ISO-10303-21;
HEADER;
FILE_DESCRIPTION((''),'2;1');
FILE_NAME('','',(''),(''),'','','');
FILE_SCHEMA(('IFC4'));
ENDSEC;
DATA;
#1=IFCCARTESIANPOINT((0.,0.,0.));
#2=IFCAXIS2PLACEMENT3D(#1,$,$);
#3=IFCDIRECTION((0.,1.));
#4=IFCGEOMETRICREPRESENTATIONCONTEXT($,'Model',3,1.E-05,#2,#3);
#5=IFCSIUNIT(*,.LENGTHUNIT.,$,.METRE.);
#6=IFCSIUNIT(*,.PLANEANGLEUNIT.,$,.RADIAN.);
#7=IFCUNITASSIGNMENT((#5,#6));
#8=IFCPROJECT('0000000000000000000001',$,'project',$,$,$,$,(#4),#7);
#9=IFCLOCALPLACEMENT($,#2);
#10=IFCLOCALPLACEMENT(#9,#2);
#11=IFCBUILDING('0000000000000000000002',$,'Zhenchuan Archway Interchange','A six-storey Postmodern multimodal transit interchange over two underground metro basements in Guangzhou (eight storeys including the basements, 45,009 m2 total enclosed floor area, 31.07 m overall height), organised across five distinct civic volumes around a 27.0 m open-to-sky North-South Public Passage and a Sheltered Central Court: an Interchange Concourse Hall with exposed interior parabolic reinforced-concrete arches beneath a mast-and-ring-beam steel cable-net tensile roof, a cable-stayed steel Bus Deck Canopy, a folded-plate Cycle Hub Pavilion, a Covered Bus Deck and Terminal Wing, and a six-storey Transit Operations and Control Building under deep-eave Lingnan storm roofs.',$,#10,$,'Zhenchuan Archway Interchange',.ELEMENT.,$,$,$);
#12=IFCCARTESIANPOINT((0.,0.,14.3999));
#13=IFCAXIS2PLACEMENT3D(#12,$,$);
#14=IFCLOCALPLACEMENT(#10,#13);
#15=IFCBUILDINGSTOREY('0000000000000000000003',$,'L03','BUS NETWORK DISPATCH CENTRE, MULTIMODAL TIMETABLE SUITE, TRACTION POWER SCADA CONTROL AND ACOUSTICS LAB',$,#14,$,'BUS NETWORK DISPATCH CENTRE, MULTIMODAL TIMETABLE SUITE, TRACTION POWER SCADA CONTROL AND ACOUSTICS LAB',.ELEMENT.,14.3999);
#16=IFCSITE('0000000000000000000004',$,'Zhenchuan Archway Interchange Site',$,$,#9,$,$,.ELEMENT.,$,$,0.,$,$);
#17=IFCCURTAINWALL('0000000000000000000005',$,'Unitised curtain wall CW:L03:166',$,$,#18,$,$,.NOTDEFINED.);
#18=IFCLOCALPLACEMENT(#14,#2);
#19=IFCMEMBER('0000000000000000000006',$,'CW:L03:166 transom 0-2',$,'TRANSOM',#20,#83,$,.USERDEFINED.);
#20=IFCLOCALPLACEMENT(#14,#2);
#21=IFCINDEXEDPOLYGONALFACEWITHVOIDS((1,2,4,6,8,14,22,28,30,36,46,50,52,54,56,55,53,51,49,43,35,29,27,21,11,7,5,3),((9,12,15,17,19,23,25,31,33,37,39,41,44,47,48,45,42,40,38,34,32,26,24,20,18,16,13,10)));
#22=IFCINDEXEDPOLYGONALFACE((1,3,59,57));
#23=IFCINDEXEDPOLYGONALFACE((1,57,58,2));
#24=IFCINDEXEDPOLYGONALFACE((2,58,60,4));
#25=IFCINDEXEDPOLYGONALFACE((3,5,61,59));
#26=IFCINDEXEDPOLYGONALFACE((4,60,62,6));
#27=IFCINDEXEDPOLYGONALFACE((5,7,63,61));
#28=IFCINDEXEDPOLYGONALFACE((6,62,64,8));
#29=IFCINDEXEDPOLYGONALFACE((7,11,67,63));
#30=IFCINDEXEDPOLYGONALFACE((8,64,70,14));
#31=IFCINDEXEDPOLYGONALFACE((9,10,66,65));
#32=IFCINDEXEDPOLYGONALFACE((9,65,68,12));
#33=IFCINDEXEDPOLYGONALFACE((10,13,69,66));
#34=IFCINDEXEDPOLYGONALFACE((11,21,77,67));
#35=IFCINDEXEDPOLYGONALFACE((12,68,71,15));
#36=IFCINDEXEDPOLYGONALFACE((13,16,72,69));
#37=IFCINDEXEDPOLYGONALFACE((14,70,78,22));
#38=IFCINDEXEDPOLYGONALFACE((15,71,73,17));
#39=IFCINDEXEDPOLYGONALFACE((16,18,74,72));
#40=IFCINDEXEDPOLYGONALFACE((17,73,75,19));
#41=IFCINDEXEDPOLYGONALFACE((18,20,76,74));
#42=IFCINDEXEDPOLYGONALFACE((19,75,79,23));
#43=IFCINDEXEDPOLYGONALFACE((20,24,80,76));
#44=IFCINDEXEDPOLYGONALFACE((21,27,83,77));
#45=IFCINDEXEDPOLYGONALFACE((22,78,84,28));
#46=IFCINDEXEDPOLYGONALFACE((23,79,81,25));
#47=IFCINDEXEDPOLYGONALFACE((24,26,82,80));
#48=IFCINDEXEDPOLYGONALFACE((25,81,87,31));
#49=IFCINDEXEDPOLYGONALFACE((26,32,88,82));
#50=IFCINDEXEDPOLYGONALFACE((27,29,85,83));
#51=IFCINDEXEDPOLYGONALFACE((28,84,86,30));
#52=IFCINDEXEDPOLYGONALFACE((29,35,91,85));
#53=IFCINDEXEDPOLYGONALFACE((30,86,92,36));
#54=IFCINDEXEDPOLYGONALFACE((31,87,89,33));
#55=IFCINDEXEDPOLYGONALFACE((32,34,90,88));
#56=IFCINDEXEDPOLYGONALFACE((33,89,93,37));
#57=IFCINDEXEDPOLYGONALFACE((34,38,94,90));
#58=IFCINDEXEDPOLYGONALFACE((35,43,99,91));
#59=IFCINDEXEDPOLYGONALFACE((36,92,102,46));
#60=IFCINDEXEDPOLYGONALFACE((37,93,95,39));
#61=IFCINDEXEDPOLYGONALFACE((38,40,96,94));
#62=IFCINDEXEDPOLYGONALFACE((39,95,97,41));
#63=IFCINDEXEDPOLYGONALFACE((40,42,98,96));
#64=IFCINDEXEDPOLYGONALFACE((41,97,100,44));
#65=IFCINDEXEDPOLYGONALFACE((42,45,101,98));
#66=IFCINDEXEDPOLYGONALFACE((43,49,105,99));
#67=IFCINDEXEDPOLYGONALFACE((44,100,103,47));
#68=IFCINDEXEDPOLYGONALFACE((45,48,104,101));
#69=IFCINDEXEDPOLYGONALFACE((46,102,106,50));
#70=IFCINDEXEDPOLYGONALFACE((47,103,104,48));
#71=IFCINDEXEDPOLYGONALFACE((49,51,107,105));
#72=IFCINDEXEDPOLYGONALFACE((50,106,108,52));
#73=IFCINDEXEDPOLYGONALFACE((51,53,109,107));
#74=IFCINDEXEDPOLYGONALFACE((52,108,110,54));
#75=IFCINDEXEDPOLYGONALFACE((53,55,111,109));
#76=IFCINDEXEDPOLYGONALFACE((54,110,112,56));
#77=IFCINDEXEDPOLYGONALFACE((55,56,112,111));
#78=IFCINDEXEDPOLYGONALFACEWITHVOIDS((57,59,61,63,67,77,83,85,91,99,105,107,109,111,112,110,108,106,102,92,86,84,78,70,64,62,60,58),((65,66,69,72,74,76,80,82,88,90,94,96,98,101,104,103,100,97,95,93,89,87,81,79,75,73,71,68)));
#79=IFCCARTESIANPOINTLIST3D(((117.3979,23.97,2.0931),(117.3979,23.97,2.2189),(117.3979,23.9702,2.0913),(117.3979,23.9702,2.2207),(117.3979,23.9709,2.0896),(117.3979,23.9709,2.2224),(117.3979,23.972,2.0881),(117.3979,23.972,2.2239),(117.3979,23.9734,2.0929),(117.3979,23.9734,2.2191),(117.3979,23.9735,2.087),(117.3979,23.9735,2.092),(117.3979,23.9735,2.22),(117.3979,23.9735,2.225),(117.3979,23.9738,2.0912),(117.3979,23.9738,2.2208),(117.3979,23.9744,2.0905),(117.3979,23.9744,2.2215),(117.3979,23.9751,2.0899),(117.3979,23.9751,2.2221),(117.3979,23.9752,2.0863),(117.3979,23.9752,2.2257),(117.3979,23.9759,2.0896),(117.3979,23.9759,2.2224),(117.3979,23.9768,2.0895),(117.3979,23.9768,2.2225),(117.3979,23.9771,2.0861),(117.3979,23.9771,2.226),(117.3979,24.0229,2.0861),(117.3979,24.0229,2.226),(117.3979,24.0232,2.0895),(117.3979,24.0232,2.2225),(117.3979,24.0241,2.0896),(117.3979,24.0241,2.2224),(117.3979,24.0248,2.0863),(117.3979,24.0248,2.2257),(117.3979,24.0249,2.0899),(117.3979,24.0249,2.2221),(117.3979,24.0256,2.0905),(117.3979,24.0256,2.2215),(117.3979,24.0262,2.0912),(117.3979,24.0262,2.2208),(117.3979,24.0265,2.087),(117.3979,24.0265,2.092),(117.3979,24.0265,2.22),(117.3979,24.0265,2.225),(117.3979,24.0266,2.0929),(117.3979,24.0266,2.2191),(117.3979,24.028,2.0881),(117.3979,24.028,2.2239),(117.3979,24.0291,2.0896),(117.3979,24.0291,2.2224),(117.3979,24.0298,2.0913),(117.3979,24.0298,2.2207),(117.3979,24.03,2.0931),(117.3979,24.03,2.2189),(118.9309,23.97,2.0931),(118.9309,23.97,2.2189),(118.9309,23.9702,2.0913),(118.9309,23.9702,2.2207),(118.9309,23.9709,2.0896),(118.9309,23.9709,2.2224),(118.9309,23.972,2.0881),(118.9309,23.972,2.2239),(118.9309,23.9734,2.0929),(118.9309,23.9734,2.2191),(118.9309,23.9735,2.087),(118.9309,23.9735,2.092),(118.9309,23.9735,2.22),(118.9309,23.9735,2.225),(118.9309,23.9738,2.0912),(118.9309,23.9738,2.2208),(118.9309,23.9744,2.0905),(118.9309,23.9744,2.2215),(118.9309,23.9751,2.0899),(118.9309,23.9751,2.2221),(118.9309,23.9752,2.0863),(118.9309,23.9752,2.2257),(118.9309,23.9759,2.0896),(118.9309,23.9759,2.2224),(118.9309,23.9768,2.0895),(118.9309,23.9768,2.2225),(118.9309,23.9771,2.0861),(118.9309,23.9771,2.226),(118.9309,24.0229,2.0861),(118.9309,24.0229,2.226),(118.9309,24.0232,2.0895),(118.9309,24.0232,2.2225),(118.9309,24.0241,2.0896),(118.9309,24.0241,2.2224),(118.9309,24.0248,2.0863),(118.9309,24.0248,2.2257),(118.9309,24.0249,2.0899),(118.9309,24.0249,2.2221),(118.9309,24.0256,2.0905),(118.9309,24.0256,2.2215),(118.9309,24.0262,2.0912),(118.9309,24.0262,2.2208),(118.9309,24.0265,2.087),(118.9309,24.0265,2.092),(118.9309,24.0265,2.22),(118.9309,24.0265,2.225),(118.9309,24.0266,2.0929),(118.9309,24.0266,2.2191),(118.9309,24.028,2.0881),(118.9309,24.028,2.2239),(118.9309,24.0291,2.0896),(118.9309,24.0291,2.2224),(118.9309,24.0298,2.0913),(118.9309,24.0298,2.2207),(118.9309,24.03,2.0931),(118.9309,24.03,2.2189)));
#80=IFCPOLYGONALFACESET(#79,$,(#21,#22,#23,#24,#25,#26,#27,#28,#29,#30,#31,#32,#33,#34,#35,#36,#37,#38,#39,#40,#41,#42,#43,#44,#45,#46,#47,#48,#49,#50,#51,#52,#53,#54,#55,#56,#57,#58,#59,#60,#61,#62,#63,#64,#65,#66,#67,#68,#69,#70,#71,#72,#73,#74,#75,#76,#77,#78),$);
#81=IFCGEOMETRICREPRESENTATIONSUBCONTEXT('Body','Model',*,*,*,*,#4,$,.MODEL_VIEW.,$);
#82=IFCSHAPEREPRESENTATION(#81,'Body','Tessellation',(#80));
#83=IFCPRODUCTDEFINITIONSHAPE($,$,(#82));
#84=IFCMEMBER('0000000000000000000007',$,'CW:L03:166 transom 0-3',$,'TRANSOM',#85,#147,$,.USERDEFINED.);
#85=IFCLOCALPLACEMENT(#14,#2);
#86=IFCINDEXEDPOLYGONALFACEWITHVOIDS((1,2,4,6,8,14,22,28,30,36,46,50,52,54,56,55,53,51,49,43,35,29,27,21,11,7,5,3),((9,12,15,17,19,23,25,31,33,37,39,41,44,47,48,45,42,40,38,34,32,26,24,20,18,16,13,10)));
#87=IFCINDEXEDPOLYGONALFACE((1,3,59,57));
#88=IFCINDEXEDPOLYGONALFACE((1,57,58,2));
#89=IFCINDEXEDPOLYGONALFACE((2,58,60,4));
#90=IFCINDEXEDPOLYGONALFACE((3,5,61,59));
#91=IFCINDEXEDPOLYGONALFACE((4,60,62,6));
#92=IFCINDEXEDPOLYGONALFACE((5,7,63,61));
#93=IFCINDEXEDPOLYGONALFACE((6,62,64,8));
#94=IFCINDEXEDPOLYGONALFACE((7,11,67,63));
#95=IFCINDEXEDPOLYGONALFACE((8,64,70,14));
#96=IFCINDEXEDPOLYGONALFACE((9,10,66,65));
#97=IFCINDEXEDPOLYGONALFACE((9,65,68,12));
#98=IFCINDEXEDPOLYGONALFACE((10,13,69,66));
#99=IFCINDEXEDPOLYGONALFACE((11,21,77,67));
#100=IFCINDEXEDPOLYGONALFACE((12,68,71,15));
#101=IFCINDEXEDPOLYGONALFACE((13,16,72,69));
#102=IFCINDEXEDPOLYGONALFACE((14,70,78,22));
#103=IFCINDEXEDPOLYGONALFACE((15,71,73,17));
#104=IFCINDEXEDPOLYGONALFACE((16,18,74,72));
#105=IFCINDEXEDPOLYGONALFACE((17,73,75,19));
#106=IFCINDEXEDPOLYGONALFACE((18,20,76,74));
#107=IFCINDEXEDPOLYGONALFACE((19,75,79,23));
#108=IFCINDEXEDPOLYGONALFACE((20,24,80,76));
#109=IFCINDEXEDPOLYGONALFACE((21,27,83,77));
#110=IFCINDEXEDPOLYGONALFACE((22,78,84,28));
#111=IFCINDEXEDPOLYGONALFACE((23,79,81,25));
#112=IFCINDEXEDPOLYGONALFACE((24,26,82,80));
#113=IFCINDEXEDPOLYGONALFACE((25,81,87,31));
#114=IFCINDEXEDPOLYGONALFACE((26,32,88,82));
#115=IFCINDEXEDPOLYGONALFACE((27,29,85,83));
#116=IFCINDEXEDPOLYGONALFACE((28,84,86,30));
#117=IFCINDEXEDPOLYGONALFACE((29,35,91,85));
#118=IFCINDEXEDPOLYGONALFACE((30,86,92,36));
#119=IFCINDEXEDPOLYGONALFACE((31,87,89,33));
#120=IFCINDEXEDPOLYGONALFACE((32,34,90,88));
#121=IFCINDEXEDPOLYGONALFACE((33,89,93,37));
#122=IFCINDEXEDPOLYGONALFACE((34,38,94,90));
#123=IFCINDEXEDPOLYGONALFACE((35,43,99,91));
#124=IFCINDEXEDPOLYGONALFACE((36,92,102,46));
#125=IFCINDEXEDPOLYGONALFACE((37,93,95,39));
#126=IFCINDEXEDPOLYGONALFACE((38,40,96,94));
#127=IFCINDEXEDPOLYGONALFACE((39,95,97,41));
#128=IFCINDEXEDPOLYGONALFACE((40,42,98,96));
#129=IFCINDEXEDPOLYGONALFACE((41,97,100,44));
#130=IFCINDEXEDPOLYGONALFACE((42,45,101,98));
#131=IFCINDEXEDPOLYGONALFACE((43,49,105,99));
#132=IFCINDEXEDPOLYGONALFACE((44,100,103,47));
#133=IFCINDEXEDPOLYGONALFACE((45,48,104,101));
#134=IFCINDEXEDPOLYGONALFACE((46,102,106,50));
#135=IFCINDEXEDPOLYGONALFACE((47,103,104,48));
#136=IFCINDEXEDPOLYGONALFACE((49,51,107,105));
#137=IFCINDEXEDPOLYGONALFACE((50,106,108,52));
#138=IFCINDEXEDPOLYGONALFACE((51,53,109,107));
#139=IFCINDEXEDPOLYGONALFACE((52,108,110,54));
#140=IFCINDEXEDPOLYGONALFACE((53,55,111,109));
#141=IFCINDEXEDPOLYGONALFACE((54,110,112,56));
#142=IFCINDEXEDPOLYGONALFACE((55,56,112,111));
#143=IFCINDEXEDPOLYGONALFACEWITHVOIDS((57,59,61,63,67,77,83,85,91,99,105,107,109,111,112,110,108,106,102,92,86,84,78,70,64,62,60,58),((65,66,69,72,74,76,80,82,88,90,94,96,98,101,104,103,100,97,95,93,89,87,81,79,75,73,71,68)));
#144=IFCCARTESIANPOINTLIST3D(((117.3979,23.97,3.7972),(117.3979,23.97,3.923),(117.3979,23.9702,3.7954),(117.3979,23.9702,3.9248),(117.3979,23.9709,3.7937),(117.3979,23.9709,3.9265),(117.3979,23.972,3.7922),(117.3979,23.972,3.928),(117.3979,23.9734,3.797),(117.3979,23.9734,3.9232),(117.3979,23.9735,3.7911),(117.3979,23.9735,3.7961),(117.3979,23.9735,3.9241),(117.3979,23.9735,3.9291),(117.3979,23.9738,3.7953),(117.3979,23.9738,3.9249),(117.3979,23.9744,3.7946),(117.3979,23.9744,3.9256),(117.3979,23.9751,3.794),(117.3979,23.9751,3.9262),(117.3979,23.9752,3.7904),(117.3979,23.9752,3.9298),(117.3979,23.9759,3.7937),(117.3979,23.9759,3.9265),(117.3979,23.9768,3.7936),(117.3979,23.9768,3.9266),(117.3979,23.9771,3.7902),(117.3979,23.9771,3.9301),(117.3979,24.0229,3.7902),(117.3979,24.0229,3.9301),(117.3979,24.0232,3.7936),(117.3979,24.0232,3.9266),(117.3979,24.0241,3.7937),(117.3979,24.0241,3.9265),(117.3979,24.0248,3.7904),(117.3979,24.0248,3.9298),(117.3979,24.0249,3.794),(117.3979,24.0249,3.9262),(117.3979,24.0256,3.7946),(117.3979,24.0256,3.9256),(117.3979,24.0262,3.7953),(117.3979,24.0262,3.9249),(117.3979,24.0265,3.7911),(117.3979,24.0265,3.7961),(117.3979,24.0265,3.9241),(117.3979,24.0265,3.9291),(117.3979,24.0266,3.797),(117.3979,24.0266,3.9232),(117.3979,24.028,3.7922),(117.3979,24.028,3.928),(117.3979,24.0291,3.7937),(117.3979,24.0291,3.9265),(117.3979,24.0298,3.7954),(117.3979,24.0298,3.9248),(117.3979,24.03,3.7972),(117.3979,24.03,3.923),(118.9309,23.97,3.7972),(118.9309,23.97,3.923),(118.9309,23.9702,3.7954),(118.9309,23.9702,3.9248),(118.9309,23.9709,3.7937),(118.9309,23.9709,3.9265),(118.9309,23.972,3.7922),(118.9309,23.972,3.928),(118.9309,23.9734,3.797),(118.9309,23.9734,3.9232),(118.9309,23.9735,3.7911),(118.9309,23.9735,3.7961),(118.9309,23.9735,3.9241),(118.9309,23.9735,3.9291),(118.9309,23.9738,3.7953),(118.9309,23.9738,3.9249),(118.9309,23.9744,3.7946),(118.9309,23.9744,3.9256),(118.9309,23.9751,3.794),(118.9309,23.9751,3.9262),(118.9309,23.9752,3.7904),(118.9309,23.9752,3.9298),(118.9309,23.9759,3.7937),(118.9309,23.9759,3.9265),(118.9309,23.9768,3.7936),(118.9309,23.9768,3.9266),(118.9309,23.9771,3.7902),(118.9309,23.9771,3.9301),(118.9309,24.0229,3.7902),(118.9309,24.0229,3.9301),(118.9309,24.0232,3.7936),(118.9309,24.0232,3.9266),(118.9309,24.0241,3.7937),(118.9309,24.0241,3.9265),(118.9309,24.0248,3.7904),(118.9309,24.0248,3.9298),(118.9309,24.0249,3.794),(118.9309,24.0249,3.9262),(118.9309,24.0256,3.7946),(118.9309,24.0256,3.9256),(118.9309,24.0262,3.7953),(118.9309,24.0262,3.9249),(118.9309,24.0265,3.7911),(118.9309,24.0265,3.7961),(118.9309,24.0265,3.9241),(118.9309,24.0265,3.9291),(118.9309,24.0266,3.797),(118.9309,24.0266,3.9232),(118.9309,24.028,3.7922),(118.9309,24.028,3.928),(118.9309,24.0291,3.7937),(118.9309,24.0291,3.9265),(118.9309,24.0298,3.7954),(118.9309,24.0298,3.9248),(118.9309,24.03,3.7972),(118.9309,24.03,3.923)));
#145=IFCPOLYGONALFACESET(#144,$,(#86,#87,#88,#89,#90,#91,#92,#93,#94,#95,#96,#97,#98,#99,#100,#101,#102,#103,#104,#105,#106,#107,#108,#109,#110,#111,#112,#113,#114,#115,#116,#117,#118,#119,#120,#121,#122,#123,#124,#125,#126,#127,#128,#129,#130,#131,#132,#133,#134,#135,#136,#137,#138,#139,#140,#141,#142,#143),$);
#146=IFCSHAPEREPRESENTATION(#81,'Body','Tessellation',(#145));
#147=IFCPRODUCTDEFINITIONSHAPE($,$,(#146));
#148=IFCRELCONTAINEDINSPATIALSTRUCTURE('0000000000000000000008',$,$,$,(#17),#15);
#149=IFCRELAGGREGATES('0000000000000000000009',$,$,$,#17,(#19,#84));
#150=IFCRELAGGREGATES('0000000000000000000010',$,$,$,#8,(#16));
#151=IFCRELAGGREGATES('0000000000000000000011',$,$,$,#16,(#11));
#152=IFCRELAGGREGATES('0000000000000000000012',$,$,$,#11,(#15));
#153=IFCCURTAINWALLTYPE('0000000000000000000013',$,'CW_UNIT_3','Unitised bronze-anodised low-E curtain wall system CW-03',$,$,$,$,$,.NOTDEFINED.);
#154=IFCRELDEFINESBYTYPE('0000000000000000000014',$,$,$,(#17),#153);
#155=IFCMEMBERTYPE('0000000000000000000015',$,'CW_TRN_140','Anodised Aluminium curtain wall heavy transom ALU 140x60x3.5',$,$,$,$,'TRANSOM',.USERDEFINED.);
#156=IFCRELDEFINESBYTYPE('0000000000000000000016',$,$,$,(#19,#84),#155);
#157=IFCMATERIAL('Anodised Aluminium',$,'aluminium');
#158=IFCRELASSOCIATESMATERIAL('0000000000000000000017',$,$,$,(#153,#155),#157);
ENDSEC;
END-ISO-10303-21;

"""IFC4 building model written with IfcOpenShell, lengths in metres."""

from ifc_helpers import new_model, si_unit, direction, frame, origin, origin_2d, place, context, subcontext, project, spatial, hollow_rectangle, extrude, material, material_profile, profile_set, type_object, element, aggregate, save


model = new_model("IFC4")

# Units and contexts
model_context = context("Model", 3, precision=1e-05, world=origin(), true_north=direction((0.0, 1.0)))
body_context = subcontext(model_context, "Body", "Model", "MODEL_VIEW")
ifc_project = project(units=[si_unit("LENGTHUNIT", "METRE"), si_unit("PLANEANGLEUNIT", "RADIAN")], contexts=[model_context])

# Site, building, storey
site_placement = place(None, origin())
site = spatial("IfcSite", under=ifc_project, at=site_placement, Name="Zhenchuan Archway Interchange Site", CompositionType="ELEMENT", RefElevation=0.0)
building_placement = place(site_placement, origin())
building = spatial("IfcBuilding", under=site, at=building_placement, Name="Zhenchuan Archway Interchange", Description="A six-storey Postmodern multimodal transit interchange over two underground metro basements in Guangzhou (eight storeys including the basements, 45,009 m2 total enclosed floor area, 31.07 m overall height), organised across five distinct civic volumes around a 27.0 m open-to-sky North-South Public Passage and a Sheltered Central Court: an Interchange Concourse Hall with exposed interior parabolic reinforced-concrete arches beneath a mast-and-ring-beam steel cable-net tensile roof, a cable-stayed steel Bus Deck Canopy, a folded-plate Cycle Hub Pavilion, a Covered Bus Deck and Terminal Wing, and a six-storey Transit Operations and Control Building under deep-eave Lingnan storm roofs.", LongName="Zhenchuan Archway Interchange", CompositionType="ELEMENT")
storey_placement = place(building_placement, frame((0.0, 0.0, 14.3999)))
storey = spatial("IfcBuildingStorey", under=building, at=storey_placement, Name="L03", Description="BUS NETWORK DISPATCH CENTRE, MULTIMODAL TIMETABLE SUITE, TRACTION POWER SCADA CONTROL AND ACOUSTICS LAB", LongName="BUS NETWORK DISPATCH CENTRE, MULTIMODAL TIMETABLE SUITE, TRACTION POWER SCADA CONTROL AND ACOUSTICS LAB", CompositionType="ELEMENT", Elevation=14.3999)

# Curtain wall
ifc_material_1 = material(Name="Anodised Aluminium", Category="aluminium")
curtain_wall_type_1 = type_object("IfcCurtainWallType", Name="CW_UNIT_3", Description="Unitised bronze-anodised low-E curtain wall system CW-03", PredefinedType="NOTDEFINED", material=ifc_material_1)
curtain_wall_1_placement = place(storey_placement, origin())
curtain_wall_1 = element("IfcCurtainWall", 1, at=curtain_wall_1_placement, inside=storey, type_object=curtain_wall_type_1, Name="Unitised curtain wall CW:L03:166", PredefinedType="NOTDEFINED")

# Members
ifc_material_profile_1 = material_profile(ifc_material_1, hollow_rectangle(XDim=0.0601, YDim=0.1399, WallThickness=0.0034, InnerFilletRadius=0.0034, OuterFilletRadius=0.0071, at=origin_2d()), Name="ALU 140x60x3.5")
ifc_profile_set_1 = profile_set([ifc_material_profile_1], Name="Anodised Aluminium")
member_type_1 = type_object("IfcMemberType", Name="CW_TRN_140", Description="Anodised Aluminium curtain wall heavy transom ALU 140x60x3.5", ElementType="TRANSOM", PredefinedType="USERDEFINED", material=ifc_profile_set_1)
member_1_placement = place(storey_placement, frame((117.3979, 24.0, 2.156), z_axis=(1.0, 0.0, 0.0), x_axis=(0.0, 1.0, 0.0)))
member_1 = element("IfcMember", 2, at=member_1_placement, type_object=member_type_1, Name="CW:L03:166 transom 0-2", ObjectType="TRANSOM", PredefinedType="USERDEFINED", context=body_context, shape_type="SweptSolid", body=[
    extrude(hollow_rectangle(XDim=0.0601, YDim=0.1399, WallThickness=0.0034, InnerFilletRadius=0.0034, OuterFilletRadius=0.0071, at=origin_2d()), origin(), (0.0, 0.0, 1.0), 1.533),
])
member_2_placement = place(storey_placement, frame((117.3979, 24.0, 3.8601), z_axis=(1.0, 0.0, 0.0), x_axis=(0.0, 1.0, 0.0)))
member_2 = element("IfcMember", 3, at=member_2_placement, type_object=member_type_1, Name="CW:L03:166 transom 0-3", ObjectType="TRANSOM", PredefinedType="USERDEFINED", context=body_context, shape_type="SweptSolid", body=[
    extrude(hollow_rectangle(XDim=0.0601, YDim=0.1399, WallThickness=0.0034, InnerFilletRadius=0.0034, OuterFilletRadius=0.0071, at=origin_2d()), origin(), (0.0, 0.0, 1.0), 1.533),
])

aggregate(curtain_wall_1, [member_1, member_2])

save(model, "model.ifc")
